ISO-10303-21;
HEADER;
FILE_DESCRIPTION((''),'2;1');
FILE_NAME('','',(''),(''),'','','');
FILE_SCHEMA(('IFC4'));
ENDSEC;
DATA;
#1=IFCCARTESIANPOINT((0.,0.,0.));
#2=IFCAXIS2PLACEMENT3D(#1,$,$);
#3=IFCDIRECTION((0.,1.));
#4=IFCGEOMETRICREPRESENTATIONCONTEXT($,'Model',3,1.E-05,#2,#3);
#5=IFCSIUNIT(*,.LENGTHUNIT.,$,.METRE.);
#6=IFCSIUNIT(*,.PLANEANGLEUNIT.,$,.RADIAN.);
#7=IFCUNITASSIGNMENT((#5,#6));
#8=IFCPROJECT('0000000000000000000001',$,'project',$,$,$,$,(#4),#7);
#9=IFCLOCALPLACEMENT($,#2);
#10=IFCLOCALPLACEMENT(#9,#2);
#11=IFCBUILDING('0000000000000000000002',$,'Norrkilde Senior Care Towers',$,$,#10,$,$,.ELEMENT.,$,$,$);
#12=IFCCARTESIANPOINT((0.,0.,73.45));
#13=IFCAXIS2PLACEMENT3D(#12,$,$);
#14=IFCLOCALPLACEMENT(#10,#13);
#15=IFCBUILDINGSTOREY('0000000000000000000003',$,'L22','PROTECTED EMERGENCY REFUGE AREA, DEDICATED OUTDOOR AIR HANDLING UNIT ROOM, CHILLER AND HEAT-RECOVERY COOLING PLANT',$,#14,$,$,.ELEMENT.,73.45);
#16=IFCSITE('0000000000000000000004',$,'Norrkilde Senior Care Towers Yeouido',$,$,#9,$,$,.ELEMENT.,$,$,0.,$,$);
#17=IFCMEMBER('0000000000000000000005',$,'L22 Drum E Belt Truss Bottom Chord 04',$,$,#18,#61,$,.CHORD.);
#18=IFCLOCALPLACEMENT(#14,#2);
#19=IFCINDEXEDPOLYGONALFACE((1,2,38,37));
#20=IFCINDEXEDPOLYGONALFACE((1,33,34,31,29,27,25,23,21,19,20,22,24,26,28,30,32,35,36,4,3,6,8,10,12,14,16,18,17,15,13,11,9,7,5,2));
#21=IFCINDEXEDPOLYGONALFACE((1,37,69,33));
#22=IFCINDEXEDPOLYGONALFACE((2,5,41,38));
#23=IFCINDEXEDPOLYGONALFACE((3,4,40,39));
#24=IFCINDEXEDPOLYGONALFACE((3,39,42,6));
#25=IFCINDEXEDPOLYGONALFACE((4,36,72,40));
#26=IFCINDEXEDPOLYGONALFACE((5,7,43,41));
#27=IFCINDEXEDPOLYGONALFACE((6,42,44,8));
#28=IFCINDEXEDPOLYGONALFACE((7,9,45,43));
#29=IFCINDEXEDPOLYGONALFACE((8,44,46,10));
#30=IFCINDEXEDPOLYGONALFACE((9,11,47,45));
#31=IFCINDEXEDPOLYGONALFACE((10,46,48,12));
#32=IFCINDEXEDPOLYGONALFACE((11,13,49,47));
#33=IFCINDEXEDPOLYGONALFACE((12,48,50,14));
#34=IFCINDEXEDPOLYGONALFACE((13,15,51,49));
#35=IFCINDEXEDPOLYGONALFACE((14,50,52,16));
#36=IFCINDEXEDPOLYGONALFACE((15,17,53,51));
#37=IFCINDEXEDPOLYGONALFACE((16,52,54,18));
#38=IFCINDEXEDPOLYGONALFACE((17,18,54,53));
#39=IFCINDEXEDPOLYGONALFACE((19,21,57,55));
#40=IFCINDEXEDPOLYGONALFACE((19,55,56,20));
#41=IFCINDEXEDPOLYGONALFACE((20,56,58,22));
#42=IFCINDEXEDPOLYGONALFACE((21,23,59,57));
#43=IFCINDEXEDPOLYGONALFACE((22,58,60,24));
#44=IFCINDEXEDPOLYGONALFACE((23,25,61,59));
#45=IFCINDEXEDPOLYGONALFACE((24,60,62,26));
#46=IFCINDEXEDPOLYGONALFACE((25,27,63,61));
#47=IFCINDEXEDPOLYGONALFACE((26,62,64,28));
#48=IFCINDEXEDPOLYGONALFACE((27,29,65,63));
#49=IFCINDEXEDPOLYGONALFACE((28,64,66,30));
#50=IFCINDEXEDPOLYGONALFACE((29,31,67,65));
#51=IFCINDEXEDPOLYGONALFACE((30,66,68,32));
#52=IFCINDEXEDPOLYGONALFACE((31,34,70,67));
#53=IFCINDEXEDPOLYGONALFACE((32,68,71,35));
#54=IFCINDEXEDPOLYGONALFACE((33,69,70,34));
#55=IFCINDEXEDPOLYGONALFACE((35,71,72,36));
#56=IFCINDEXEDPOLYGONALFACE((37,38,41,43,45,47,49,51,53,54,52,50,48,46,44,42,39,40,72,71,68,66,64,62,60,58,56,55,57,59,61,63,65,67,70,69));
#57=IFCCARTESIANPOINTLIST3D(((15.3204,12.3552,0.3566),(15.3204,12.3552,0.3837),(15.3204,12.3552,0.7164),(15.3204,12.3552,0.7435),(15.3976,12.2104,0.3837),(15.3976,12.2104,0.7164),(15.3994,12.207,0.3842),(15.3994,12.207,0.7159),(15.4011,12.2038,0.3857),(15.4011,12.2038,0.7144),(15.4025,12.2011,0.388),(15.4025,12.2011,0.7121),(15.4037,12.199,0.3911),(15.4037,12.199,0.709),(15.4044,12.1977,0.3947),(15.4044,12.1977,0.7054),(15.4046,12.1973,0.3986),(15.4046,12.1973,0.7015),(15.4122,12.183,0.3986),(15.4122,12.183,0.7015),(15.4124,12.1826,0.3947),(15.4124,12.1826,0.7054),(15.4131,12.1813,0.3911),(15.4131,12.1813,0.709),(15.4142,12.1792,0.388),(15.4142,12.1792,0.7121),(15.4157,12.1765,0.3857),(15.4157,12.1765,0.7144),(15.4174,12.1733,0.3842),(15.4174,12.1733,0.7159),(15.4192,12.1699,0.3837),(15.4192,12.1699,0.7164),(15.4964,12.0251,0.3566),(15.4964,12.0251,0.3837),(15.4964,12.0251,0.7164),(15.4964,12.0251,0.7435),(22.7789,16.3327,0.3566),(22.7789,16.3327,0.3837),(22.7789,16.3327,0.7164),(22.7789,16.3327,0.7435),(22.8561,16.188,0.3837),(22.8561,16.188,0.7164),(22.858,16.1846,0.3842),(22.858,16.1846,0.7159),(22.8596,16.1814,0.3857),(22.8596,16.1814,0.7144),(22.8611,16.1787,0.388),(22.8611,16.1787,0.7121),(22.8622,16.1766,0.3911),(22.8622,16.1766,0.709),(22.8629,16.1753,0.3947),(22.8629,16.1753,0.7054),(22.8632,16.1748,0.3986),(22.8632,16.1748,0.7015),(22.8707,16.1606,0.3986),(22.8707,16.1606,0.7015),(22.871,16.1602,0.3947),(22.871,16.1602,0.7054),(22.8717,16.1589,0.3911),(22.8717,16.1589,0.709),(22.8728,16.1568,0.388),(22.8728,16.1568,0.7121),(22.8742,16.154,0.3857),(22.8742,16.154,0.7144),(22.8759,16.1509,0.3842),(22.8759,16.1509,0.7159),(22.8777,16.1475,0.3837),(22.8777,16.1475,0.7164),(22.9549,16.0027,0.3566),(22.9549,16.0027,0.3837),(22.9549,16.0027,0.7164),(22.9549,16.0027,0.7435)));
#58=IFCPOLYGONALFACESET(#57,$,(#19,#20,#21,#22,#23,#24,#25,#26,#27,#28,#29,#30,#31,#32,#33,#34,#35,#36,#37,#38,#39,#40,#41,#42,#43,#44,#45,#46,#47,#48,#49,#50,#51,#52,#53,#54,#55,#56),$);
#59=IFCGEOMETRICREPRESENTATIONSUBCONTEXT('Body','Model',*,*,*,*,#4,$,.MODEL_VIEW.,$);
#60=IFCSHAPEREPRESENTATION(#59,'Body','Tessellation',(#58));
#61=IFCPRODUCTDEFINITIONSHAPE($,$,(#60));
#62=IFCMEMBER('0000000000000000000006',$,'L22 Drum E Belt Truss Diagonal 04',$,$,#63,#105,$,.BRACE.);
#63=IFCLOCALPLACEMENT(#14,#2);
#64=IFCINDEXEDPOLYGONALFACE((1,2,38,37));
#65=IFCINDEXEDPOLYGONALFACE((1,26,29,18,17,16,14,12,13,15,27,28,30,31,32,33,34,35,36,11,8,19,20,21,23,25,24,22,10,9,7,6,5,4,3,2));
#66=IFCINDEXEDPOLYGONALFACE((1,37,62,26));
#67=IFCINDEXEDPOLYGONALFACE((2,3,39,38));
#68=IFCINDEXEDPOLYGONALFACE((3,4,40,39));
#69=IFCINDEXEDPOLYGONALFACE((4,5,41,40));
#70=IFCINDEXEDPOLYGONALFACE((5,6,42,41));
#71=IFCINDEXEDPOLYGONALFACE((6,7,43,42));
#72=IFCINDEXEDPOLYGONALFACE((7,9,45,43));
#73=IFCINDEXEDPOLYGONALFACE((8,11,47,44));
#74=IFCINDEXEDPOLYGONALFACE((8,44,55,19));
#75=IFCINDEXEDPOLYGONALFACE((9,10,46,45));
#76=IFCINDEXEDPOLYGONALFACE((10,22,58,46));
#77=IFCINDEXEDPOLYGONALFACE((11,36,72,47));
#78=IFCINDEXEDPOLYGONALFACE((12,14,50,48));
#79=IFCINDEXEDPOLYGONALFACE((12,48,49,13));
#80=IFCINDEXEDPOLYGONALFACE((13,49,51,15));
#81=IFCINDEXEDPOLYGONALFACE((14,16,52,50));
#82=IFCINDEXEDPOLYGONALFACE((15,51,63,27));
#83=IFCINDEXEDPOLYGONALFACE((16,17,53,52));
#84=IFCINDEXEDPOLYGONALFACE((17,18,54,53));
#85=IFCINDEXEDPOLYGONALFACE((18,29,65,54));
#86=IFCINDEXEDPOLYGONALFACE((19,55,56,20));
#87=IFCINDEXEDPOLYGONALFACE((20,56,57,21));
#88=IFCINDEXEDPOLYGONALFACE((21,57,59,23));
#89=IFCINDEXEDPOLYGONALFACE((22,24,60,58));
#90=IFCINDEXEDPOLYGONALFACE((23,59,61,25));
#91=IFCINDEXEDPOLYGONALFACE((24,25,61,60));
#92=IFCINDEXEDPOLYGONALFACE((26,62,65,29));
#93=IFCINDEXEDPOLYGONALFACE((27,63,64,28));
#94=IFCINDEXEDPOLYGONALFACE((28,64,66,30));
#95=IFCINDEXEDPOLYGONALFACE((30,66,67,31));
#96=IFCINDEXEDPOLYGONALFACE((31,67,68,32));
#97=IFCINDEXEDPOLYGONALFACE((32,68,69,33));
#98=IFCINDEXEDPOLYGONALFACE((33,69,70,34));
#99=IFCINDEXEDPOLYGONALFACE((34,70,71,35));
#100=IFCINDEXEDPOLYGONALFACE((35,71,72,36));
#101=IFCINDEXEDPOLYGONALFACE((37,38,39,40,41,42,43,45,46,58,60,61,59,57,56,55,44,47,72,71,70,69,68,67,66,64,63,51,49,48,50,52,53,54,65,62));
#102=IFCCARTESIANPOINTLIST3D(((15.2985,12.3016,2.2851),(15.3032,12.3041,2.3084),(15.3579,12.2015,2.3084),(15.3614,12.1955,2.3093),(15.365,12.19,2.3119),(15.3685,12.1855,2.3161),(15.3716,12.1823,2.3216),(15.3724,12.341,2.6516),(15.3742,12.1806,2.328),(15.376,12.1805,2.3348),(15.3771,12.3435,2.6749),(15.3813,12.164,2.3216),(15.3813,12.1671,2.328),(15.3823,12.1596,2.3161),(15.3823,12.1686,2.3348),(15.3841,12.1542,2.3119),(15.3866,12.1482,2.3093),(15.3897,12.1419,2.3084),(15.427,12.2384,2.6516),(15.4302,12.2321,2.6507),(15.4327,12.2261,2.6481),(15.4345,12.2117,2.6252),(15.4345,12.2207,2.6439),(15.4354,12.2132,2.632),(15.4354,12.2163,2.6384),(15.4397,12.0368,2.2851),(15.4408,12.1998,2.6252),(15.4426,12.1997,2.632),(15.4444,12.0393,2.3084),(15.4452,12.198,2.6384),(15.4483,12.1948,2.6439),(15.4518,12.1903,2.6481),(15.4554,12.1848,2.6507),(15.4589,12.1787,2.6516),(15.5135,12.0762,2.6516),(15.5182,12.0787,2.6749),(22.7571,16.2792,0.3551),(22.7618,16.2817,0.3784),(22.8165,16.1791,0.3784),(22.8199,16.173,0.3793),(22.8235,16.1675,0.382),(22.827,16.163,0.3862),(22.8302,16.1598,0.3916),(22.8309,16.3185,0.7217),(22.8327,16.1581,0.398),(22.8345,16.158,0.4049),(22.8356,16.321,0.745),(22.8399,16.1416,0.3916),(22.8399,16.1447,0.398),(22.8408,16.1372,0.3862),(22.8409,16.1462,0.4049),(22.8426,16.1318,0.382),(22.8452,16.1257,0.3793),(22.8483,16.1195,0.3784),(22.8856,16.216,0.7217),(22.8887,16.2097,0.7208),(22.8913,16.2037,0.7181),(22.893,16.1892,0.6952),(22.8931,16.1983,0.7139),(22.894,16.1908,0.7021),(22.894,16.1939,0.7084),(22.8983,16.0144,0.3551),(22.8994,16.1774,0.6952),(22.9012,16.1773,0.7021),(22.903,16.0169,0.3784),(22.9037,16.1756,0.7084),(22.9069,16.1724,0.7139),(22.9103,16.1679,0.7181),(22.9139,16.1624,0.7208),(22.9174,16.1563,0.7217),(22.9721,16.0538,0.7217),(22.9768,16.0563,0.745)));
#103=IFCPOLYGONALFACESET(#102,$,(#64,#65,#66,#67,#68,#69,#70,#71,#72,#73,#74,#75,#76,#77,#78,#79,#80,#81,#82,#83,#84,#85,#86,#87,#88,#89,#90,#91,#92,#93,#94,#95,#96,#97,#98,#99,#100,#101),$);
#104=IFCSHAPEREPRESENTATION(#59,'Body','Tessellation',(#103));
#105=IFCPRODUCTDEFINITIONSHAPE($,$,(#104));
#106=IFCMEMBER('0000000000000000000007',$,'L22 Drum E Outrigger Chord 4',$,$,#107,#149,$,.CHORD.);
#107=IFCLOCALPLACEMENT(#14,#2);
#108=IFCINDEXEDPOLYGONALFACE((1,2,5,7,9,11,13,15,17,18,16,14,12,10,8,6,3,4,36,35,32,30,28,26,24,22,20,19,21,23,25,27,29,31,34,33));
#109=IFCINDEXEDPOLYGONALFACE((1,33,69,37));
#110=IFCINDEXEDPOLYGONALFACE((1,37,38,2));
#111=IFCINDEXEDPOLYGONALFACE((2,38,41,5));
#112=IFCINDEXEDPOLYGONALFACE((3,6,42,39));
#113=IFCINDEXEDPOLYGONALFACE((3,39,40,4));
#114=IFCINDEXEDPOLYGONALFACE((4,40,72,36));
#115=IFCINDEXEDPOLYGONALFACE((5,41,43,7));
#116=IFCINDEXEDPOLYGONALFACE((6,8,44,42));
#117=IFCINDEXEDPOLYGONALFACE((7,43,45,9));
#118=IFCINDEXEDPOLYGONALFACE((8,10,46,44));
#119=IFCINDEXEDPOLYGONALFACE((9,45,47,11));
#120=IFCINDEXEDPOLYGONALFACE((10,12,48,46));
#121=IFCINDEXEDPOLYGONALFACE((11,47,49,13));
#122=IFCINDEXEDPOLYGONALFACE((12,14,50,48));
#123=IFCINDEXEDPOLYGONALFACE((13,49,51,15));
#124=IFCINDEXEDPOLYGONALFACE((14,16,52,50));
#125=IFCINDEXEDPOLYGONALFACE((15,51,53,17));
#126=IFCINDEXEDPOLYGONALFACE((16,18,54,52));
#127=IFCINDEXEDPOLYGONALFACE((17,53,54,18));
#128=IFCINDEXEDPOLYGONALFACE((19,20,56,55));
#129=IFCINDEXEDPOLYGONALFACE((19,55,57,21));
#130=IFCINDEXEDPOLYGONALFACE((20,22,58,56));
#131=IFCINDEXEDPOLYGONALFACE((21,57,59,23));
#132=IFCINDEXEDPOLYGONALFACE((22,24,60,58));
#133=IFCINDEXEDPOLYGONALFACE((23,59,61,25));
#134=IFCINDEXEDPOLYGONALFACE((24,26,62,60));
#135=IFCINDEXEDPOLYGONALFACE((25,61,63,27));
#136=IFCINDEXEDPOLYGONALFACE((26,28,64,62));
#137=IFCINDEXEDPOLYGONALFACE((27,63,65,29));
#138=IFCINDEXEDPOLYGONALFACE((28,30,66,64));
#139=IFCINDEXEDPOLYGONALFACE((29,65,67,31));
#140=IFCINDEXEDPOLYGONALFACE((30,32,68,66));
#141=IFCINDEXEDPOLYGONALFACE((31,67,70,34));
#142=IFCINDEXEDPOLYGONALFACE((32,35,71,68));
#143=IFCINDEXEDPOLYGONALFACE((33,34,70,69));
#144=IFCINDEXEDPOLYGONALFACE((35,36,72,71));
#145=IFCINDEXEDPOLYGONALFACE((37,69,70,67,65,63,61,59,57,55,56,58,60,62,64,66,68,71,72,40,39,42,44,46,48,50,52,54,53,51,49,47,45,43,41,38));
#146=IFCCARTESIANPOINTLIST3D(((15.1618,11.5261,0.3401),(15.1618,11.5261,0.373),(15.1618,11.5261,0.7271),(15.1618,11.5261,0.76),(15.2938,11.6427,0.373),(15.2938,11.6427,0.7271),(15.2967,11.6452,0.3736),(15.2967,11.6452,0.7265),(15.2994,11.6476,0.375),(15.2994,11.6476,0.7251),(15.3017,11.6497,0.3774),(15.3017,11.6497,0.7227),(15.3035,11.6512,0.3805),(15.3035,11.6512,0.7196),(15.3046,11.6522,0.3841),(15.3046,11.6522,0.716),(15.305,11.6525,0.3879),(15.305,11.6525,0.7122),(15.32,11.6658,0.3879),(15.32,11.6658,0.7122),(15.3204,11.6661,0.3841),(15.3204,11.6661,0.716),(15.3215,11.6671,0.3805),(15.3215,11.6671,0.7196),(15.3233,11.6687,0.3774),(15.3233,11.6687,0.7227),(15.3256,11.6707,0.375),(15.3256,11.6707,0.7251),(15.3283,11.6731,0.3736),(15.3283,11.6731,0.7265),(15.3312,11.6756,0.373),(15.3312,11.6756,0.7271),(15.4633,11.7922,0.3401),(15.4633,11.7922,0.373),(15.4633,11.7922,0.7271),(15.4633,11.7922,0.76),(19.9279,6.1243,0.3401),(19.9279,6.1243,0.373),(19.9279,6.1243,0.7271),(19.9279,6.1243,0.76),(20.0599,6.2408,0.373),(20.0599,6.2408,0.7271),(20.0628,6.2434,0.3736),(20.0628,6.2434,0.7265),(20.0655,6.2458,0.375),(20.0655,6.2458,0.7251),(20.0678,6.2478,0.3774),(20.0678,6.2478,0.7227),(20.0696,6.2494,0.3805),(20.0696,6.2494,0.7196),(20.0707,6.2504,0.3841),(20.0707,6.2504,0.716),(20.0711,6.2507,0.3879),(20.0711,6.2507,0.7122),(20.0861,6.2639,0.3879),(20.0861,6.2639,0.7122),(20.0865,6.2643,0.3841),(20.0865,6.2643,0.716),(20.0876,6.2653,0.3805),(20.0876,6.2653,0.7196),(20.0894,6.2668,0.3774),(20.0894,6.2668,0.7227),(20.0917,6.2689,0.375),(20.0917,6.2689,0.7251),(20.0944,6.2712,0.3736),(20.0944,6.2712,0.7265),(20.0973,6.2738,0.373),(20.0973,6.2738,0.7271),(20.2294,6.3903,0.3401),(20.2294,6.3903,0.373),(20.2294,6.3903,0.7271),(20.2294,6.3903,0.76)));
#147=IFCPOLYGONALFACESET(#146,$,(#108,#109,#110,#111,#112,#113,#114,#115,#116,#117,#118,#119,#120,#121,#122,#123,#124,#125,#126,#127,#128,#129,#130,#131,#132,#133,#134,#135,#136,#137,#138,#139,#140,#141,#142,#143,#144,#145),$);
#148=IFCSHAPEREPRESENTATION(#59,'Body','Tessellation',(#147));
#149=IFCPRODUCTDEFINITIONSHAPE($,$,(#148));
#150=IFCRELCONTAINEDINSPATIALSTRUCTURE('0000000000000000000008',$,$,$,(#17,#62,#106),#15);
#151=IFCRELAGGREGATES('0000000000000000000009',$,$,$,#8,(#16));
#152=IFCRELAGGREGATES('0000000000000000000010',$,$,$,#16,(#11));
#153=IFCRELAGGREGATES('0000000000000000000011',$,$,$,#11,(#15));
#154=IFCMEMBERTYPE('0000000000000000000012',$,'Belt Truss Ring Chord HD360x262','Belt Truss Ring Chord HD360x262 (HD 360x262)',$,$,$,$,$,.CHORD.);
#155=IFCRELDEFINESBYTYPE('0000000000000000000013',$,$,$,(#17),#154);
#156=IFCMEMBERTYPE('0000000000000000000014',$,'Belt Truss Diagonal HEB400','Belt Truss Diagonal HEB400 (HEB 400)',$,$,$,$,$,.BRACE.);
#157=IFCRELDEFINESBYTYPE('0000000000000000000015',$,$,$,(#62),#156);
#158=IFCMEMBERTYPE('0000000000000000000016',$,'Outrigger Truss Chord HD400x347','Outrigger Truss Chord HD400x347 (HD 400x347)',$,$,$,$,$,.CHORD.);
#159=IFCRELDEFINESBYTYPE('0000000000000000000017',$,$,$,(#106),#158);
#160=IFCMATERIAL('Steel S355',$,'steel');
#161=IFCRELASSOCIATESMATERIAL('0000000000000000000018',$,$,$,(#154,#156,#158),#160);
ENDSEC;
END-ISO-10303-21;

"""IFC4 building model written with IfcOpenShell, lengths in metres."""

from ifc_helpers import new_model, si_unit, direction, frame, origin, origin_2d, place, context, subcontext, project, spatial, i_section, extrude, source, transform, mapped, material, material_profile, profile_set, type_object, type_shapes, element, save


model = new_model("IFC4")

# Units and contexts
model_context = context("Model", 3, precision=1e-05, world=origin(), true_north=direction((0.0, 1.0)))
body_context = subcontext(model_context, "Body", "Model", "MODEL_VIEW")
ifc_project = project(units=[si_unit("LENGTHUNIT", "METRE"), si_unit("PLANEANGLEUNIT", "RADIAN")], contexts=[model_context])

# Site, building, storey
site_placement = place(None, origin())
site = spatial("IfcSite", under=ifc_project, at=site_placement, Name="Norrkilde Senior Care Towers Yeouido", CompositionType="ELEMENT", RefElevation=0.0)
building_placement = place(site_placement, origin())
building = spatial("IfcBuilding", under=site, at=building_placement, Name="Norrkilde Senior Care Towers", CompositionType="ELEMENT")
storey_placement = place(building_placement, frame((0.0, 0.0, 73.45)))
storey = spatial("IfcBuildingStorey", under=building, at=storey_placement, Name="L22", Description="PROTECTED EMERGENCY REFUGE AREA, DEDICATED OUTDOOR AIR HANDLING UNIT ROOM, CHILLER AND HEAT-RECOVERY COOLING PLANT", CompositionType="ELEMENT", Elevation=73.45)

# Members
ifc_material_1 = material(Name="Steel S355", Category="steel")
ifc_material_profile_1 = material_profile(ifc_material_1, i_section(OverallWidth=0.374, OverallDepth=0.387, WebThickness=0.0161, FlangeThickness=0.0271, FilletRadius=0.0149, at=origin_2d()), Name="HD 360x262")
ifc_profile_set_1 = profile_set([ifc_material_profile_1], Name="Steel S355")
member_type_1 = type_object("IfcMemberType", Name="Belt Truss Ring Chord HD360x262", Description="Belt Truss Ring Chord HD360x262 (HD 360x262)", PredefinedType="CHORD", material=ifc_profile_set_1)
shared_shape_1 = source(origin(), body_context, "Body", "SweptSolid", [
    extrude(i_section(OverallWidth=0.374, OverallDepth=0.387, WebThickness=0.0161, FlangeThickness=0.0271, FilletRadius=0.0149, at=origin_2d()), origin(), (0.0, 0.0, 1.0), 8.4529),
])
type_shapes(member_type_1, [shared_shape_1])
member_1_placement = place(storey_placement, frame((22.8669, 16.1677, 0.55), z_axis=(-0.882369, -0.470558, 0.0), x_axis=(0.470558, -0.882369, 0.0)))
element("IfcMember", 1, at=member_1_placement, inside=storey, type_object=member_type_1, Name="L22 Drum E Belt Truss Bottom Chord 04", PredefinedType="CHORD", context=body_context, shape_type="MappedRepresentation", body=[
    mapped(shared_shape_1, transform((0.0, 0.0, 0.0), x_axis=(1.0, 0.0, 0.0), y_axis=(0.0, 1.0, 0.0), z_axis=(0.0, 0.0, 1.0), scale=1.0)),
])
ifc_material_profile_2 = material_profile(ifc_material_1, i_section(OverallWidth=0.3, OverallDepth=0.3999, WebThickness=0.0134, FlangeThickness=0.0239, FilletRadius=0.0271, at=origin_2d()), Name="HEB 400")
ifc_profile_set_2 = profile_set([ifc_material_profile_2], Name="Steel S355")
member_type_2 = type_object("IfcMemberType", Name="Belt Truss Diagonal HEB400", Description="Belt Truss Diagonal HEB400 (HEB 400)", PredefinedType="BRACE", material=ifc_profile_set_2)
shared_shape_2 = source(origin(), body_context, "Body", "SweptSolid", [
    extrude(i_section(OverallWidth=0.3, OverallDepth=0.3999, WebThickness=0.0134, FlangeThickness=0.0239, FilletRadius=0.0271, at=origin_2d()), origin(), (0.0, 0.0, 1.0), 8.6704),
])
type_shapes(member_type_2, [shared_shape_2])
member_2_placement = place(storey_placement, frame((22.8669, 16.1677, 0.55), z_axis=(-0.860232, -0.458753, 0.22259), x_axis=(0.470558, -0.882369, 0.0)))
element("IfcMember", 2, at=member_2_placement, inside=storey, type_object=member_type_2, Name="L22 Drum E Belt Truss Diagonal 04", PredefinedType="BRACE", context=body_context, shape_type="MappedRepresentation", body=[
    mapped(shared_shape_2, transform((0.0, 0.0, 0.0), x_axis=(1.0, 0.0, 0.0), y_axis=(0.0, 1.0, 0.0), z_axis=(0.0, 0.0, 1.0), scale=1.0)),
])
ifc_material_profile_3 = material_profile(ifc_material_1, i_section(OverallWidth=0.4021, OverallDepth=0.4199, WebThickness=0.02, FlangeThickness=0.033, FilletRadius=0.0149, at=origin_2d()), Name="HD 400x347")
ifc_profile_set_3 = profile_set([ifc_material_profile_3], Name="Steel S355")
member_type_3 = type_object("IfcMemberType", Name="Outrigger Truss Chord HD400x347", Description="Outrigger Truss Chord HD400x347 (HD 400x347)", PredefinedType="CHORD", material=ifc_profile_set_3)
shared_shape_3 = source(origin(), body_context, "Body", "SweptSolid", [
    extrude(i_section(OverallWidth=0.4021, OverallDepth=0.4199, WebThickness=0.02, FlangeThickness=0.033, FilletRadius=0.0149, at=origin_2d()), origin(), (0.0, 0.0, 1.0), 7.2039),
])
type_shapes(member_type_3, [shared_shape_3])
member_3_placement = place(storey_placement, frame((20.0786, 6.2573, 0.55), z_axis=(-0.661604, 0.749854, 0.0), x_axis=(-0.749854, -0.661604, 0.0)))
element("IfcMember", 3, at=member_3_placement, inside=storey, type_object=member_type_3, Name="L22 Drum E Outrigger Chord 4", PredefinedType="CHORD", context=body_context, shape_type="MappedRepresentation", body=[
    mapped(shared_shape_3, transform((0.0, 0.0, 0.0), x_axis=(1.0, 0.0, 0.0), y_axis=(0.0, 1.0, 0.0), z_axis=(0.0, 0.0, 1.0), scale=1.0)),
])

save(model, "model.ifc")
